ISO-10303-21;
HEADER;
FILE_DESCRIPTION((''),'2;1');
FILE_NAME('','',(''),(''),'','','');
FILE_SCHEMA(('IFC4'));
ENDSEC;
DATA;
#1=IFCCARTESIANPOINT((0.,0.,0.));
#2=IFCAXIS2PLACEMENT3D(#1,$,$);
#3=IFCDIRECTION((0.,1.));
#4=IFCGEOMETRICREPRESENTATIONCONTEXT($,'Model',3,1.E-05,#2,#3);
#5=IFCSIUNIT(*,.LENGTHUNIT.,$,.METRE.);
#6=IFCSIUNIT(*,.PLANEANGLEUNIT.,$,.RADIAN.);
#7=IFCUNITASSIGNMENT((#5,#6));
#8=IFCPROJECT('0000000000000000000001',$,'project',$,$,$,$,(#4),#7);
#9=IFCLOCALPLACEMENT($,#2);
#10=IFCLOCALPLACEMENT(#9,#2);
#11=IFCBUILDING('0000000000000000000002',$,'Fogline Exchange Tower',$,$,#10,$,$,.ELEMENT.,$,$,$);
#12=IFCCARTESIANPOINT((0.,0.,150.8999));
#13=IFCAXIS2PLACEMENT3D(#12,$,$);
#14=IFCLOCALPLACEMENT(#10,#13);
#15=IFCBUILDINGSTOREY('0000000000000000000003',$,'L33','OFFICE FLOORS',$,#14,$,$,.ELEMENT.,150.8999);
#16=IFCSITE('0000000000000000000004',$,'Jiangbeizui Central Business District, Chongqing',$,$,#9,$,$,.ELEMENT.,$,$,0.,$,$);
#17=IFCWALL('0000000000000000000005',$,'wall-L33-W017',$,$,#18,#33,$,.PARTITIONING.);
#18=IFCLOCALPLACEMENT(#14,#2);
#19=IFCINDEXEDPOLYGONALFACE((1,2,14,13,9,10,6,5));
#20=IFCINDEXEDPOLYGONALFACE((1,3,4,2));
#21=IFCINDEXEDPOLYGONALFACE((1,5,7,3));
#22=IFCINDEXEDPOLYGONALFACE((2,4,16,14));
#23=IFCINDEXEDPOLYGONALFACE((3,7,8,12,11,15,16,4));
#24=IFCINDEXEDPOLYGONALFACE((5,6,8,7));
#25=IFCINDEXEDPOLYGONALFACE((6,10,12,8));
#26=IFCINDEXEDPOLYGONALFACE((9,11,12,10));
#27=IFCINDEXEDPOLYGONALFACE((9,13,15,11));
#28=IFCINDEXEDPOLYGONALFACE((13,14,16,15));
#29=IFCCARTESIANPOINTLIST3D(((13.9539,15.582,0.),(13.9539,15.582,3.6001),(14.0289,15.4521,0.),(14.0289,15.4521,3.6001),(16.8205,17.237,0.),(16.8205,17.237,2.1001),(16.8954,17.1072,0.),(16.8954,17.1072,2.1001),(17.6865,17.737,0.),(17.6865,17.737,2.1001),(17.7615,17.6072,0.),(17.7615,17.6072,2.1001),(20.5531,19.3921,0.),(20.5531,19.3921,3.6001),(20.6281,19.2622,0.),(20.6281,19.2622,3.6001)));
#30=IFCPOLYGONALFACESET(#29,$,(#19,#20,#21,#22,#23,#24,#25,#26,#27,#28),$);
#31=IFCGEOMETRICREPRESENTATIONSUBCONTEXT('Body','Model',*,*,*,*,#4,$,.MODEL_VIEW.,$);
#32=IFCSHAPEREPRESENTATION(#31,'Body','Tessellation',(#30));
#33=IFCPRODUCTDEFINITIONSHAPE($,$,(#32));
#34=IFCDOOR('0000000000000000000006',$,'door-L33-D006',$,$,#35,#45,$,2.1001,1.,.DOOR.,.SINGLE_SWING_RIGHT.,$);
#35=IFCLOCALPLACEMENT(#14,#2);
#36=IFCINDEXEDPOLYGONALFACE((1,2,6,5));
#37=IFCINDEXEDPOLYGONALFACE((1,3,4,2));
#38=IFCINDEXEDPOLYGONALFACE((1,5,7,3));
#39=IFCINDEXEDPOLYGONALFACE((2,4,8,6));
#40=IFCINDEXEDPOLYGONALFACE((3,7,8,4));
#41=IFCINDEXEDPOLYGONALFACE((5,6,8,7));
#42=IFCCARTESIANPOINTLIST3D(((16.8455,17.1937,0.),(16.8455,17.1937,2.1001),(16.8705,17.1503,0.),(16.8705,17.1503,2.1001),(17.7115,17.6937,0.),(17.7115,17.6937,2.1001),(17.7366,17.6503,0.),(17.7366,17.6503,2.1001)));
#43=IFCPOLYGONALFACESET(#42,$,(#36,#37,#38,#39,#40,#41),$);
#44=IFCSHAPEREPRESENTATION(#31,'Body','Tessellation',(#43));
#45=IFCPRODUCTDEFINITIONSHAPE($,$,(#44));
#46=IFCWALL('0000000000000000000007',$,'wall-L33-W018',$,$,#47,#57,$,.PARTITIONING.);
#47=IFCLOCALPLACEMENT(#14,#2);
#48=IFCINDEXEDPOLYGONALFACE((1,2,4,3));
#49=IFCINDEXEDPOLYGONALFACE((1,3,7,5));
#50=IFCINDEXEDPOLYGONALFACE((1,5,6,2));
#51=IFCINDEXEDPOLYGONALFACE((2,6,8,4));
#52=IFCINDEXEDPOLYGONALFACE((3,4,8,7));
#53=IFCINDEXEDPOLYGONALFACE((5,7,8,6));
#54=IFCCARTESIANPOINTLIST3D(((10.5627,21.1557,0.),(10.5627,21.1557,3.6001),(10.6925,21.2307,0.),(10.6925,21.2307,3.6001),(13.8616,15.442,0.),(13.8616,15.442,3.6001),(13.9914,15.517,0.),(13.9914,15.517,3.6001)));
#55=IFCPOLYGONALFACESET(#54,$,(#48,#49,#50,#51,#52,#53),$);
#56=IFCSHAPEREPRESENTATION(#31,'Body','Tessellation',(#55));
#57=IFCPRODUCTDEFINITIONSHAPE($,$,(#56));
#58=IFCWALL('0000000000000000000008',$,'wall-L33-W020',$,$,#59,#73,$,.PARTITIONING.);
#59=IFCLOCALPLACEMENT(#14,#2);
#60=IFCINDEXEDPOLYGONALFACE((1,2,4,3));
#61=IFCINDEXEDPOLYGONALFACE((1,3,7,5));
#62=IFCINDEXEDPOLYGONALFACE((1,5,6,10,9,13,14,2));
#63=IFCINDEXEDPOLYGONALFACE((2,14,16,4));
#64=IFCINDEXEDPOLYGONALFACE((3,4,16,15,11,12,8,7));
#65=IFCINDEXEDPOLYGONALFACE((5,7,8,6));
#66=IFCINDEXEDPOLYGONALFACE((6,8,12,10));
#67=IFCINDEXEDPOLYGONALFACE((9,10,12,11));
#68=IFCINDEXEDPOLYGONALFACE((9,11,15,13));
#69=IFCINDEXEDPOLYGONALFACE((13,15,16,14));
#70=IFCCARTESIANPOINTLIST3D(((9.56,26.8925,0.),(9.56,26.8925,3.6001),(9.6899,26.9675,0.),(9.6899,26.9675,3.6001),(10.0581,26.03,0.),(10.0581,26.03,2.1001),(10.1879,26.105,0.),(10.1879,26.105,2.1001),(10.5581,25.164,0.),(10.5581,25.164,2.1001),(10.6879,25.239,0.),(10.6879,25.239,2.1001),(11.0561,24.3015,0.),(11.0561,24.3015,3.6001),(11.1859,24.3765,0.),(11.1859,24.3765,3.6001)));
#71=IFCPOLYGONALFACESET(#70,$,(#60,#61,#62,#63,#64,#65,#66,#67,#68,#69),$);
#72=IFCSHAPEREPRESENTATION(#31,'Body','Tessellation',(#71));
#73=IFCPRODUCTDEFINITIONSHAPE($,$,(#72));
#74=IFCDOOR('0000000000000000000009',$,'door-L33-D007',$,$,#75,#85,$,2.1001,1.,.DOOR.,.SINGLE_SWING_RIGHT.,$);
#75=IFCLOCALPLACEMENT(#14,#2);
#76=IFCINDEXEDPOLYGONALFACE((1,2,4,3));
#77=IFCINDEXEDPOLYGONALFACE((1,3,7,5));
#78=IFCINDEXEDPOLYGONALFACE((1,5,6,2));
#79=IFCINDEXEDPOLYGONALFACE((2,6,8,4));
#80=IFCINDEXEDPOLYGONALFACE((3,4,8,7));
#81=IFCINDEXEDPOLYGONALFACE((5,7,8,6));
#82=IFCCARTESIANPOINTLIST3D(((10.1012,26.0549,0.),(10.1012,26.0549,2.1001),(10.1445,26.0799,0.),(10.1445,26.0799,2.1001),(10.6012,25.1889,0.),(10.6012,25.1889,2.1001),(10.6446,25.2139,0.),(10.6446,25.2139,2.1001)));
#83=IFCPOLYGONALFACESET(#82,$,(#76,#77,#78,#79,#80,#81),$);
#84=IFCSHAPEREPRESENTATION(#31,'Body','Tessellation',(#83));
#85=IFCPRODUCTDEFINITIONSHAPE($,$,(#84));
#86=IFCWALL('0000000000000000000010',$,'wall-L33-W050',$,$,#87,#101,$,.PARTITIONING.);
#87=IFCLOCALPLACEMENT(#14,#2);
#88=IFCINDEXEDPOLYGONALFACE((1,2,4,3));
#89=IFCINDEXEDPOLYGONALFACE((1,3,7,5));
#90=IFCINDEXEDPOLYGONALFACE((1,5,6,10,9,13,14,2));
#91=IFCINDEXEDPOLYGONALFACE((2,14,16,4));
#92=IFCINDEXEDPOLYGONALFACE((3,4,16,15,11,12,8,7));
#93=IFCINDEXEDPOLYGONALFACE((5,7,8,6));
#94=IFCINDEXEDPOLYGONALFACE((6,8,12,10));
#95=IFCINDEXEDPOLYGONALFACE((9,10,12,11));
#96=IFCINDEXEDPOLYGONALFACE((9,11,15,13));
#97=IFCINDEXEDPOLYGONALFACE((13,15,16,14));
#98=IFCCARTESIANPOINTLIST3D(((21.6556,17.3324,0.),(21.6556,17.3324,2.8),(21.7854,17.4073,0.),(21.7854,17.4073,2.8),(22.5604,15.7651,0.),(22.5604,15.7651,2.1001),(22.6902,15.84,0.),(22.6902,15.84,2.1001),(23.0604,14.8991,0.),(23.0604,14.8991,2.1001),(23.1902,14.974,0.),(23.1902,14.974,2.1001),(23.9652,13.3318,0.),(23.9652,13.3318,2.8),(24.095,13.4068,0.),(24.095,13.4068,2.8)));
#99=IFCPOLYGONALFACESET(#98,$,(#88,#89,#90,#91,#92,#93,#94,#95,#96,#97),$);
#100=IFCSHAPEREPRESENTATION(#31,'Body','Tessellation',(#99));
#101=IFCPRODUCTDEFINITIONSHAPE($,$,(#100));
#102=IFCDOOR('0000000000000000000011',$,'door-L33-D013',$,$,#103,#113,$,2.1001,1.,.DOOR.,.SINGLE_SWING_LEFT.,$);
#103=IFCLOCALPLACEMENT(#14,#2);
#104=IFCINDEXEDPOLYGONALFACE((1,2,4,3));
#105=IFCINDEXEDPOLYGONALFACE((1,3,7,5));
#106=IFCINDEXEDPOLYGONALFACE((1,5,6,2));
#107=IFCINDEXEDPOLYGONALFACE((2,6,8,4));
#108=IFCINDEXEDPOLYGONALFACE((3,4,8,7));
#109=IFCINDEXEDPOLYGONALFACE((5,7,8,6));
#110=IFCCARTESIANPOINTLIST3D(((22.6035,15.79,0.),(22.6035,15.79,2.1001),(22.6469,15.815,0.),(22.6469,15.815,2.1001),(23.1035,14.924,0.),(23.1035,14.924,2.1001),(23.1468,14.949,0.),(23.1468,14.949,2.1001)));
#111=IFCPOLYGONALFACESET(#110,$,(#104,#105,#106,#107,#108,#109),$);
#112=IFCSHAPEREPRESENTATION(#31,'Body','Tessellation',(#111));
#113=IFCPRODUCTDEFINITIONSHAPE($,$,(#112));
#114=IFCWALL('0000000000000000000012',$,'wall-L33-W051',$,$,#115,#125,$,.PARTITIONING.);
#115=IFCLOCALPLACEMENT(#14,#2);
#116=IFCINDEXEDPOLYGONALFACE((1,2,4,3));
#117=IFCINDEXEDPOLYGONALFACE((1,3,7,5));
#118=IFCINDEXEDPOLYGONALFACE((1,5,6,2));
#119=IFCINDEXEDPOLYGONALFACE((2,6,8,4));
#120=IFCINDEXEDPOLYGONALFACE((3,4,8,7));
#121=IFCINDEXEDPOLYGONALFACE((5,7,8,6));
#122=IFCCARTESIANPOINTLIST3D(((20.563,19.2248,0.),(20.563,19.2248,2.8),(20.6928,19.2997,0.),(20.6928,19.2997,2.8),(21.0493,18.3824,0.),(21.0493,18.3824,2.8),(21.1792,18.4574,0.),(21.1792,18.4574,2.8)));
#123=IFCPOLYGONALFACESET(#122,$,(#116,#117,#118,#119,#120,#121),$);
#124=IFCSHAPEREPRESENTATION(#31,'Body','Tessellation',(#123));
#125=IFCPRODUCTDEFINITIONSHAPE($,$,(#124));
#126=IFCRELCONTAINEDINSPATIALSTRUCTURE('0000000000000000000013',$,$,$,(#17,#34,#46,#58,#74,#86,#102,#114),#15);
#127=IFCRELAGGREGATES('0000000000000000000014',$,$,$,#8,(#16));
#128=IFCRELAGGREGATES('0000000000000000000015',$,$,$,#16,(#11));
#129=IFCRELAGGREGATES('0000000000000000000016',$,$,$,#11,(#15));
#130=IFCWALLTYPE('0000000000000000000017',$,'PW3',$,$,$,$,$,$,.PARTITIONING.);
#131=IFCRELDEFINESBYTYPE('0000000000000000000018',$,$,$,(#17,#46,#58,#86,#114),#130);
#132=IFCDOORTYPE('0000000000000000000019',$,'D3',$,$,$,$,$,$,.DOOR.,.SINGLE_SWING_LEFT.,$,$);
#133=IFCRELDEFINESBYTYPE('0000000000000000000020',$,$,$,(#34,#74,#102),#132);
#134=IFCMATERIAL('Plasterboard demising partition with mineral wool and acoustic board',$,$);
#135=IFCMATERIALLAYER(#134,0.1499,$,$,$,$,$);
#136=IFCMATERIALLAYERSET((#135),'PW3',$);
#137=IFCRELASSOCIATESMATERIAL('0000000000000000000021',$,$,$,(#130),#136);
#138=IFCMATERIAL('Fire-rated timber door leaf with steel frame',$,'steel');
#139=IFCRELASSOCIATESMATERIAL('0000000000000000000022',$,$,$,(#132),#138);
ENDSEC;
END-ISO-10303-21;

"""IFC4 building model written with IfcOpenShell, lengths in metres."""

from ifc_helpers import new_model, si_unit, direction, frame, frame_2d, origin, place, context, subcontext, project, spatial, rectangle, extrude, material, layer, layer_set, type_object, element, fill, save


model = new_model("IFC4")

# Units and contexts
model_context = context("Model", 3, precision=1e-05, world=origin(), true_north=direction((0.0, 1.0)))
body_context = subcontext(model_context, "Body", "Model", "MODEL_VIEW")
ifc_project = project(units=[si_unit("LENGTHUNIT", "METRE"), si_unit("PLANEANGLEUNIT", "RADIAN")], contexts=[model_context])

# Site, building, storey
site_placement = place(None, origin())
site = spatial("IfcSite", under=ifc_project, at=site_placement, Name="Jiangbeizui Central Business District, Chongqing", CompositionType="ELEMENT", RefElevation=0.0)
building_placement = place(site_placement, origin())
building = spatial("IfcBuilding", under=site, at=building_placement, Name="Fogline Exchange Tower", CompositionType="ELEMENT")
storey_placement = place(building_placement, frame((0.0, 0.0, 150.8999)))
storey = spatial("IfcBuildingStorey", under=building, at=storey_placement, Name="L33", Description="OFFICE FLOORS", CompositionType="ELEMENT", Elevation=150.8999)

# Shared definitions
ifc_material_1 = material(Name="Plasterboard demising partition with mineral wool and acoustic board")
ifc_layer_1 = layer(ifc_material_1, 0.1499)
ifc_layer_set_1 = layer_set([ifc_layer_1], Name="PW3")
wall_type_1 = type_object("IfcWallType", Name="PW3", PredefinedType="PARTITIONING", material=ifc_layer_set_1)

# Wall, opening, door
wall_1_placement = place(storey_placement, frame((20.5906, 19.3271, 0.0), z_axis=(0.0, 0.0, 1.0), x_axis=(-0.866022, -0.500005, 0.0)))
wall_1 = element("IfcWall", 1, at=wall_1_placement, inside=storey, type_object=wall_type_1, Name="wall-L33-W017", PredefinedType="PARTITIONING", context=body_context, shape_type="SweptSolid", body=[
    extrude(rectangle(XDim=7.6201, YDim=0.1499, at=frame_2d((3.8101, 0.0))), origin(), (0.0, 0.0, 1.0), 3.6001),
])
opening_1_placement = place(wall_1_placement, frame((3.3101, 0.0, 0.0)))
opening_1 = element("IfcOpeningElement", 2, at=opening_1_placement, cuts=wall_1, PredefinedType="OPENING", context=body_context, shape_type="SweptSolid", body=[
    extrude(rectangle(XDim=1.0, YDim=2.1001, at=frame_2d((0.5, 1.05))), frame((0.0, 0.085, 0.0), z_axis=(0.0, -1.0, 0.0), x_axis=(1.0, 0.0, 0.0)), (0.0, 0.0, 1.0), 0.1699),
])
ifc_material_2 = material(Name="Fire-rated timber door leaf with steel frame", Category="steel")
door_type_1 = type_object("IfcDoorType", Name="D3", OperationType="SINGLE_SWING_LEFT", PredefinedType="DOOR", material=ifc_material_2)
door_1_placement = place(opening_1_placement, frame((1.0, 0.0, 0.0), z_axis=(0.0, 0.0, 1.0), x_axis=(-1.0, 0.0, 0.0)))
door_1 = element("IfcDoor", 3, at=door_1_placement, inside=storey, type_object=door_type_1, Name="door-L33-D006", OperationType="SINGLE_SWING_RIGHT", OverallHeight=2.1001, OverallWidth=1.0, PredefinedType="DOOR", context=body_context, shape_type="SweptSolid", body=[
    extrude(rectangle(XDim=1.0, YDim=2.1001, at=frame_2d((0.5, 1.05))), frame((0.0, 0.0249, 0.0), z_axis=(0.0, -1.0, 0.0), x_axis=(1.0, 0.0, 0.0)), (0.0, 0.0, 1.0), 0.05),
])
fill(opening_1, door_1)

# Wall
wall_2_placement = place(storey_placement, frame((13.9265, 15.4795, 0.0), z_axis=(0.0, 0.0, 1.0), x_axis=(-0.500008, 0.866021, 0.0)))
element("IfcWall", 4, at=wall_2_placement, inside=storey, type_object=wall_type_1, Name="wall-L33-W018", PredefinedType="PARTITIONING", context=body_context, shape_type="SweptSolid", body=[
    extrude(rectangle(XDim=6.5977, YDim=0.1499, at=frame_2d((3.2988, 0.0))), origin(), (0.0, 0.0, 1.0), 3.6001),
])

# Walls, openings, doors
wall_3_placement = place(storey_placement, frame((11.1211, 24.3389, 0.0), z_axis=(0.0, 0.0, 1.0), x_axis=(-0.500036, 0.866005, 0.0)))
wall_3 = element("IfcWall", 5, at=wall_3_placement, inside=storey, type_object=wall_type_1, Name="wall-L33-W020", PredefinedType="PARTITIONING", context=body_context, shape_type="SweptSolid", body=[
    extrude(rectangle(XDim=2.9919, YDim=0.1499, at=frame_2d((1.4961, 0.0))), origin(), (0.0, 0.0, 1.0), 3.6001),
])
opening_2_placement = place(wall_3_placement, frame((0.9961, 0.0, 0.0)))
opening_2 = element("IfcOpeningElement", 6, at=opening_2_placement, cuts=wall_3, PredefinedType="OPENING", context=body_context, shape_type="SweptSolid", body=[
    extrude(rectangle(XDim=1.0, YDim=2.1001, at=frame_2d((0.5, 1.05))), frame((0.0, 0.085, 0.0), z_axis=(0.0, -1.0, 0.0), x_axis=(1.0, 0.0, 0.0)), (0.0, 0.0, 1.0), 0.1699),
])
door_2_placement = place(opening_2_placement, frame((1.0, 0.0, 0.0), z_axis=(0.0, 0.0, 1.0), x_axis=(-1.0, 0.0, 0.0)))
door_2 = element("IfcDoor", 7, at=door_2_placement, inside=storey, type_object=door_type_1, Name="door-L33-D007", OperationType="SINGLE_SWING_RIGHT", OverallHeight=2.1001, OverallWidth=1.0, PredefinedType="DOOR", context=body_context, shape_type="SweptSolid", body=[
    extrude(rectangle(XDim=1.0, YDim=2.1001, at=frame_2d((0.5, 1.05))), frame((0.0, 0.0249, 0.0), z_axis=(0.0, -1.0, 0.0), x_axis=(1.0, 0.0, 0.0)), (0.0, 0.0, 1.0), 0.05),
])
fill(opening_2, door_2)
wall_4_placement = place(storey_placement, frame((24.03, 13.3694, 0.0), z_axis=(0.0, 0.0, 1.0), x_axis=(-0.499982, 0.866036, 0.0)))
wall_4 = element("IfcWall", 8, at=wall_4_placement, inside=storey, type_object=wall_type_1, Name="wall-L33-W050", PredefinedType="PARTITIONING", context=body_context, shape_type="SweptSolid", body=[
    extrude(rectangle(XDim=4.6194, YDim=0.1499, at=frame_2d((2.3096, 0.0))), origin(), (0.0, 0.0, 1.0), 2.8),
])
opening_3_placement = place(wall_4_placement, frame((1.8096, 0.0, 0.0)))
opening_3 = element("IfcOpeningElement", 9, at=opening_3_placement, cuts=wall_4, PredefinedType="OPENING", context=body_context, shape_type="SweptSolid", body=[
    extrude(rectangle(XDim=1.0, YDim=2.1001, at=frame_2d((0.5, 1.05))), frame((0.0, 0.085, 0.0), z_axis=(0.0, -1.0, 0.0), x_axis=(1.0, 0.0, 0.0)), (0.0, 0.0, 1.0), 0.1699),
])
door_3_placement = place(opening_3_placement, frame((1.0, 0.0, 0.0), z_axis=(0.0, 0.0, 1.0), x_axis=(-1.0, 0.0, 0.0)))
door_3 = element("IfcDoor", 10, at=door_3_placement, inside=storey, type_object=door_type_1, Name="door-L33-D013", OperationType="SINGLE_SWING_LEFT", OverallHeight=2.1001, OverallWidth=1.0, PredefinedType="DOOR", context=body_context, shape_type="SweptSolid", body=[
    extrude(rectangle(XDim=1.0, YDim=2.1001, at=frame_2d((0.5, 1.05))), frame((0.0, 0.0249, 0.0), z_axis=(0.0, -1.0, 0.0), x_axis=(1.0, 0.0, 0.0)), (0.0, 0.0, 1.0), 0.05),
])
fill(opening_3, door_3)

# Wall
wall_5_placement = place(storey_placement, frame((21.1143, 18.4199, 0.0), z_axis=(0.0, 0.0, 1.0), x_axis=(-0.500027, 0.86601, 0.0)))
element("IfcWall", 11, at=wall_5_placement, inside=storey, type_object=wall_type_1, Name="wall-L33-W051", PredefinedType="PARTITIONING", context=body_context, shape_type="SweptSolid", body=[
    extrude(rectangle(XDim=0.9727, YDim=0.1499, at=frame_2d((0.4863, 0.0))), origin(), (0.0, 0.0, 1.0), 2.8),
])

save(model, "model.ifc")
